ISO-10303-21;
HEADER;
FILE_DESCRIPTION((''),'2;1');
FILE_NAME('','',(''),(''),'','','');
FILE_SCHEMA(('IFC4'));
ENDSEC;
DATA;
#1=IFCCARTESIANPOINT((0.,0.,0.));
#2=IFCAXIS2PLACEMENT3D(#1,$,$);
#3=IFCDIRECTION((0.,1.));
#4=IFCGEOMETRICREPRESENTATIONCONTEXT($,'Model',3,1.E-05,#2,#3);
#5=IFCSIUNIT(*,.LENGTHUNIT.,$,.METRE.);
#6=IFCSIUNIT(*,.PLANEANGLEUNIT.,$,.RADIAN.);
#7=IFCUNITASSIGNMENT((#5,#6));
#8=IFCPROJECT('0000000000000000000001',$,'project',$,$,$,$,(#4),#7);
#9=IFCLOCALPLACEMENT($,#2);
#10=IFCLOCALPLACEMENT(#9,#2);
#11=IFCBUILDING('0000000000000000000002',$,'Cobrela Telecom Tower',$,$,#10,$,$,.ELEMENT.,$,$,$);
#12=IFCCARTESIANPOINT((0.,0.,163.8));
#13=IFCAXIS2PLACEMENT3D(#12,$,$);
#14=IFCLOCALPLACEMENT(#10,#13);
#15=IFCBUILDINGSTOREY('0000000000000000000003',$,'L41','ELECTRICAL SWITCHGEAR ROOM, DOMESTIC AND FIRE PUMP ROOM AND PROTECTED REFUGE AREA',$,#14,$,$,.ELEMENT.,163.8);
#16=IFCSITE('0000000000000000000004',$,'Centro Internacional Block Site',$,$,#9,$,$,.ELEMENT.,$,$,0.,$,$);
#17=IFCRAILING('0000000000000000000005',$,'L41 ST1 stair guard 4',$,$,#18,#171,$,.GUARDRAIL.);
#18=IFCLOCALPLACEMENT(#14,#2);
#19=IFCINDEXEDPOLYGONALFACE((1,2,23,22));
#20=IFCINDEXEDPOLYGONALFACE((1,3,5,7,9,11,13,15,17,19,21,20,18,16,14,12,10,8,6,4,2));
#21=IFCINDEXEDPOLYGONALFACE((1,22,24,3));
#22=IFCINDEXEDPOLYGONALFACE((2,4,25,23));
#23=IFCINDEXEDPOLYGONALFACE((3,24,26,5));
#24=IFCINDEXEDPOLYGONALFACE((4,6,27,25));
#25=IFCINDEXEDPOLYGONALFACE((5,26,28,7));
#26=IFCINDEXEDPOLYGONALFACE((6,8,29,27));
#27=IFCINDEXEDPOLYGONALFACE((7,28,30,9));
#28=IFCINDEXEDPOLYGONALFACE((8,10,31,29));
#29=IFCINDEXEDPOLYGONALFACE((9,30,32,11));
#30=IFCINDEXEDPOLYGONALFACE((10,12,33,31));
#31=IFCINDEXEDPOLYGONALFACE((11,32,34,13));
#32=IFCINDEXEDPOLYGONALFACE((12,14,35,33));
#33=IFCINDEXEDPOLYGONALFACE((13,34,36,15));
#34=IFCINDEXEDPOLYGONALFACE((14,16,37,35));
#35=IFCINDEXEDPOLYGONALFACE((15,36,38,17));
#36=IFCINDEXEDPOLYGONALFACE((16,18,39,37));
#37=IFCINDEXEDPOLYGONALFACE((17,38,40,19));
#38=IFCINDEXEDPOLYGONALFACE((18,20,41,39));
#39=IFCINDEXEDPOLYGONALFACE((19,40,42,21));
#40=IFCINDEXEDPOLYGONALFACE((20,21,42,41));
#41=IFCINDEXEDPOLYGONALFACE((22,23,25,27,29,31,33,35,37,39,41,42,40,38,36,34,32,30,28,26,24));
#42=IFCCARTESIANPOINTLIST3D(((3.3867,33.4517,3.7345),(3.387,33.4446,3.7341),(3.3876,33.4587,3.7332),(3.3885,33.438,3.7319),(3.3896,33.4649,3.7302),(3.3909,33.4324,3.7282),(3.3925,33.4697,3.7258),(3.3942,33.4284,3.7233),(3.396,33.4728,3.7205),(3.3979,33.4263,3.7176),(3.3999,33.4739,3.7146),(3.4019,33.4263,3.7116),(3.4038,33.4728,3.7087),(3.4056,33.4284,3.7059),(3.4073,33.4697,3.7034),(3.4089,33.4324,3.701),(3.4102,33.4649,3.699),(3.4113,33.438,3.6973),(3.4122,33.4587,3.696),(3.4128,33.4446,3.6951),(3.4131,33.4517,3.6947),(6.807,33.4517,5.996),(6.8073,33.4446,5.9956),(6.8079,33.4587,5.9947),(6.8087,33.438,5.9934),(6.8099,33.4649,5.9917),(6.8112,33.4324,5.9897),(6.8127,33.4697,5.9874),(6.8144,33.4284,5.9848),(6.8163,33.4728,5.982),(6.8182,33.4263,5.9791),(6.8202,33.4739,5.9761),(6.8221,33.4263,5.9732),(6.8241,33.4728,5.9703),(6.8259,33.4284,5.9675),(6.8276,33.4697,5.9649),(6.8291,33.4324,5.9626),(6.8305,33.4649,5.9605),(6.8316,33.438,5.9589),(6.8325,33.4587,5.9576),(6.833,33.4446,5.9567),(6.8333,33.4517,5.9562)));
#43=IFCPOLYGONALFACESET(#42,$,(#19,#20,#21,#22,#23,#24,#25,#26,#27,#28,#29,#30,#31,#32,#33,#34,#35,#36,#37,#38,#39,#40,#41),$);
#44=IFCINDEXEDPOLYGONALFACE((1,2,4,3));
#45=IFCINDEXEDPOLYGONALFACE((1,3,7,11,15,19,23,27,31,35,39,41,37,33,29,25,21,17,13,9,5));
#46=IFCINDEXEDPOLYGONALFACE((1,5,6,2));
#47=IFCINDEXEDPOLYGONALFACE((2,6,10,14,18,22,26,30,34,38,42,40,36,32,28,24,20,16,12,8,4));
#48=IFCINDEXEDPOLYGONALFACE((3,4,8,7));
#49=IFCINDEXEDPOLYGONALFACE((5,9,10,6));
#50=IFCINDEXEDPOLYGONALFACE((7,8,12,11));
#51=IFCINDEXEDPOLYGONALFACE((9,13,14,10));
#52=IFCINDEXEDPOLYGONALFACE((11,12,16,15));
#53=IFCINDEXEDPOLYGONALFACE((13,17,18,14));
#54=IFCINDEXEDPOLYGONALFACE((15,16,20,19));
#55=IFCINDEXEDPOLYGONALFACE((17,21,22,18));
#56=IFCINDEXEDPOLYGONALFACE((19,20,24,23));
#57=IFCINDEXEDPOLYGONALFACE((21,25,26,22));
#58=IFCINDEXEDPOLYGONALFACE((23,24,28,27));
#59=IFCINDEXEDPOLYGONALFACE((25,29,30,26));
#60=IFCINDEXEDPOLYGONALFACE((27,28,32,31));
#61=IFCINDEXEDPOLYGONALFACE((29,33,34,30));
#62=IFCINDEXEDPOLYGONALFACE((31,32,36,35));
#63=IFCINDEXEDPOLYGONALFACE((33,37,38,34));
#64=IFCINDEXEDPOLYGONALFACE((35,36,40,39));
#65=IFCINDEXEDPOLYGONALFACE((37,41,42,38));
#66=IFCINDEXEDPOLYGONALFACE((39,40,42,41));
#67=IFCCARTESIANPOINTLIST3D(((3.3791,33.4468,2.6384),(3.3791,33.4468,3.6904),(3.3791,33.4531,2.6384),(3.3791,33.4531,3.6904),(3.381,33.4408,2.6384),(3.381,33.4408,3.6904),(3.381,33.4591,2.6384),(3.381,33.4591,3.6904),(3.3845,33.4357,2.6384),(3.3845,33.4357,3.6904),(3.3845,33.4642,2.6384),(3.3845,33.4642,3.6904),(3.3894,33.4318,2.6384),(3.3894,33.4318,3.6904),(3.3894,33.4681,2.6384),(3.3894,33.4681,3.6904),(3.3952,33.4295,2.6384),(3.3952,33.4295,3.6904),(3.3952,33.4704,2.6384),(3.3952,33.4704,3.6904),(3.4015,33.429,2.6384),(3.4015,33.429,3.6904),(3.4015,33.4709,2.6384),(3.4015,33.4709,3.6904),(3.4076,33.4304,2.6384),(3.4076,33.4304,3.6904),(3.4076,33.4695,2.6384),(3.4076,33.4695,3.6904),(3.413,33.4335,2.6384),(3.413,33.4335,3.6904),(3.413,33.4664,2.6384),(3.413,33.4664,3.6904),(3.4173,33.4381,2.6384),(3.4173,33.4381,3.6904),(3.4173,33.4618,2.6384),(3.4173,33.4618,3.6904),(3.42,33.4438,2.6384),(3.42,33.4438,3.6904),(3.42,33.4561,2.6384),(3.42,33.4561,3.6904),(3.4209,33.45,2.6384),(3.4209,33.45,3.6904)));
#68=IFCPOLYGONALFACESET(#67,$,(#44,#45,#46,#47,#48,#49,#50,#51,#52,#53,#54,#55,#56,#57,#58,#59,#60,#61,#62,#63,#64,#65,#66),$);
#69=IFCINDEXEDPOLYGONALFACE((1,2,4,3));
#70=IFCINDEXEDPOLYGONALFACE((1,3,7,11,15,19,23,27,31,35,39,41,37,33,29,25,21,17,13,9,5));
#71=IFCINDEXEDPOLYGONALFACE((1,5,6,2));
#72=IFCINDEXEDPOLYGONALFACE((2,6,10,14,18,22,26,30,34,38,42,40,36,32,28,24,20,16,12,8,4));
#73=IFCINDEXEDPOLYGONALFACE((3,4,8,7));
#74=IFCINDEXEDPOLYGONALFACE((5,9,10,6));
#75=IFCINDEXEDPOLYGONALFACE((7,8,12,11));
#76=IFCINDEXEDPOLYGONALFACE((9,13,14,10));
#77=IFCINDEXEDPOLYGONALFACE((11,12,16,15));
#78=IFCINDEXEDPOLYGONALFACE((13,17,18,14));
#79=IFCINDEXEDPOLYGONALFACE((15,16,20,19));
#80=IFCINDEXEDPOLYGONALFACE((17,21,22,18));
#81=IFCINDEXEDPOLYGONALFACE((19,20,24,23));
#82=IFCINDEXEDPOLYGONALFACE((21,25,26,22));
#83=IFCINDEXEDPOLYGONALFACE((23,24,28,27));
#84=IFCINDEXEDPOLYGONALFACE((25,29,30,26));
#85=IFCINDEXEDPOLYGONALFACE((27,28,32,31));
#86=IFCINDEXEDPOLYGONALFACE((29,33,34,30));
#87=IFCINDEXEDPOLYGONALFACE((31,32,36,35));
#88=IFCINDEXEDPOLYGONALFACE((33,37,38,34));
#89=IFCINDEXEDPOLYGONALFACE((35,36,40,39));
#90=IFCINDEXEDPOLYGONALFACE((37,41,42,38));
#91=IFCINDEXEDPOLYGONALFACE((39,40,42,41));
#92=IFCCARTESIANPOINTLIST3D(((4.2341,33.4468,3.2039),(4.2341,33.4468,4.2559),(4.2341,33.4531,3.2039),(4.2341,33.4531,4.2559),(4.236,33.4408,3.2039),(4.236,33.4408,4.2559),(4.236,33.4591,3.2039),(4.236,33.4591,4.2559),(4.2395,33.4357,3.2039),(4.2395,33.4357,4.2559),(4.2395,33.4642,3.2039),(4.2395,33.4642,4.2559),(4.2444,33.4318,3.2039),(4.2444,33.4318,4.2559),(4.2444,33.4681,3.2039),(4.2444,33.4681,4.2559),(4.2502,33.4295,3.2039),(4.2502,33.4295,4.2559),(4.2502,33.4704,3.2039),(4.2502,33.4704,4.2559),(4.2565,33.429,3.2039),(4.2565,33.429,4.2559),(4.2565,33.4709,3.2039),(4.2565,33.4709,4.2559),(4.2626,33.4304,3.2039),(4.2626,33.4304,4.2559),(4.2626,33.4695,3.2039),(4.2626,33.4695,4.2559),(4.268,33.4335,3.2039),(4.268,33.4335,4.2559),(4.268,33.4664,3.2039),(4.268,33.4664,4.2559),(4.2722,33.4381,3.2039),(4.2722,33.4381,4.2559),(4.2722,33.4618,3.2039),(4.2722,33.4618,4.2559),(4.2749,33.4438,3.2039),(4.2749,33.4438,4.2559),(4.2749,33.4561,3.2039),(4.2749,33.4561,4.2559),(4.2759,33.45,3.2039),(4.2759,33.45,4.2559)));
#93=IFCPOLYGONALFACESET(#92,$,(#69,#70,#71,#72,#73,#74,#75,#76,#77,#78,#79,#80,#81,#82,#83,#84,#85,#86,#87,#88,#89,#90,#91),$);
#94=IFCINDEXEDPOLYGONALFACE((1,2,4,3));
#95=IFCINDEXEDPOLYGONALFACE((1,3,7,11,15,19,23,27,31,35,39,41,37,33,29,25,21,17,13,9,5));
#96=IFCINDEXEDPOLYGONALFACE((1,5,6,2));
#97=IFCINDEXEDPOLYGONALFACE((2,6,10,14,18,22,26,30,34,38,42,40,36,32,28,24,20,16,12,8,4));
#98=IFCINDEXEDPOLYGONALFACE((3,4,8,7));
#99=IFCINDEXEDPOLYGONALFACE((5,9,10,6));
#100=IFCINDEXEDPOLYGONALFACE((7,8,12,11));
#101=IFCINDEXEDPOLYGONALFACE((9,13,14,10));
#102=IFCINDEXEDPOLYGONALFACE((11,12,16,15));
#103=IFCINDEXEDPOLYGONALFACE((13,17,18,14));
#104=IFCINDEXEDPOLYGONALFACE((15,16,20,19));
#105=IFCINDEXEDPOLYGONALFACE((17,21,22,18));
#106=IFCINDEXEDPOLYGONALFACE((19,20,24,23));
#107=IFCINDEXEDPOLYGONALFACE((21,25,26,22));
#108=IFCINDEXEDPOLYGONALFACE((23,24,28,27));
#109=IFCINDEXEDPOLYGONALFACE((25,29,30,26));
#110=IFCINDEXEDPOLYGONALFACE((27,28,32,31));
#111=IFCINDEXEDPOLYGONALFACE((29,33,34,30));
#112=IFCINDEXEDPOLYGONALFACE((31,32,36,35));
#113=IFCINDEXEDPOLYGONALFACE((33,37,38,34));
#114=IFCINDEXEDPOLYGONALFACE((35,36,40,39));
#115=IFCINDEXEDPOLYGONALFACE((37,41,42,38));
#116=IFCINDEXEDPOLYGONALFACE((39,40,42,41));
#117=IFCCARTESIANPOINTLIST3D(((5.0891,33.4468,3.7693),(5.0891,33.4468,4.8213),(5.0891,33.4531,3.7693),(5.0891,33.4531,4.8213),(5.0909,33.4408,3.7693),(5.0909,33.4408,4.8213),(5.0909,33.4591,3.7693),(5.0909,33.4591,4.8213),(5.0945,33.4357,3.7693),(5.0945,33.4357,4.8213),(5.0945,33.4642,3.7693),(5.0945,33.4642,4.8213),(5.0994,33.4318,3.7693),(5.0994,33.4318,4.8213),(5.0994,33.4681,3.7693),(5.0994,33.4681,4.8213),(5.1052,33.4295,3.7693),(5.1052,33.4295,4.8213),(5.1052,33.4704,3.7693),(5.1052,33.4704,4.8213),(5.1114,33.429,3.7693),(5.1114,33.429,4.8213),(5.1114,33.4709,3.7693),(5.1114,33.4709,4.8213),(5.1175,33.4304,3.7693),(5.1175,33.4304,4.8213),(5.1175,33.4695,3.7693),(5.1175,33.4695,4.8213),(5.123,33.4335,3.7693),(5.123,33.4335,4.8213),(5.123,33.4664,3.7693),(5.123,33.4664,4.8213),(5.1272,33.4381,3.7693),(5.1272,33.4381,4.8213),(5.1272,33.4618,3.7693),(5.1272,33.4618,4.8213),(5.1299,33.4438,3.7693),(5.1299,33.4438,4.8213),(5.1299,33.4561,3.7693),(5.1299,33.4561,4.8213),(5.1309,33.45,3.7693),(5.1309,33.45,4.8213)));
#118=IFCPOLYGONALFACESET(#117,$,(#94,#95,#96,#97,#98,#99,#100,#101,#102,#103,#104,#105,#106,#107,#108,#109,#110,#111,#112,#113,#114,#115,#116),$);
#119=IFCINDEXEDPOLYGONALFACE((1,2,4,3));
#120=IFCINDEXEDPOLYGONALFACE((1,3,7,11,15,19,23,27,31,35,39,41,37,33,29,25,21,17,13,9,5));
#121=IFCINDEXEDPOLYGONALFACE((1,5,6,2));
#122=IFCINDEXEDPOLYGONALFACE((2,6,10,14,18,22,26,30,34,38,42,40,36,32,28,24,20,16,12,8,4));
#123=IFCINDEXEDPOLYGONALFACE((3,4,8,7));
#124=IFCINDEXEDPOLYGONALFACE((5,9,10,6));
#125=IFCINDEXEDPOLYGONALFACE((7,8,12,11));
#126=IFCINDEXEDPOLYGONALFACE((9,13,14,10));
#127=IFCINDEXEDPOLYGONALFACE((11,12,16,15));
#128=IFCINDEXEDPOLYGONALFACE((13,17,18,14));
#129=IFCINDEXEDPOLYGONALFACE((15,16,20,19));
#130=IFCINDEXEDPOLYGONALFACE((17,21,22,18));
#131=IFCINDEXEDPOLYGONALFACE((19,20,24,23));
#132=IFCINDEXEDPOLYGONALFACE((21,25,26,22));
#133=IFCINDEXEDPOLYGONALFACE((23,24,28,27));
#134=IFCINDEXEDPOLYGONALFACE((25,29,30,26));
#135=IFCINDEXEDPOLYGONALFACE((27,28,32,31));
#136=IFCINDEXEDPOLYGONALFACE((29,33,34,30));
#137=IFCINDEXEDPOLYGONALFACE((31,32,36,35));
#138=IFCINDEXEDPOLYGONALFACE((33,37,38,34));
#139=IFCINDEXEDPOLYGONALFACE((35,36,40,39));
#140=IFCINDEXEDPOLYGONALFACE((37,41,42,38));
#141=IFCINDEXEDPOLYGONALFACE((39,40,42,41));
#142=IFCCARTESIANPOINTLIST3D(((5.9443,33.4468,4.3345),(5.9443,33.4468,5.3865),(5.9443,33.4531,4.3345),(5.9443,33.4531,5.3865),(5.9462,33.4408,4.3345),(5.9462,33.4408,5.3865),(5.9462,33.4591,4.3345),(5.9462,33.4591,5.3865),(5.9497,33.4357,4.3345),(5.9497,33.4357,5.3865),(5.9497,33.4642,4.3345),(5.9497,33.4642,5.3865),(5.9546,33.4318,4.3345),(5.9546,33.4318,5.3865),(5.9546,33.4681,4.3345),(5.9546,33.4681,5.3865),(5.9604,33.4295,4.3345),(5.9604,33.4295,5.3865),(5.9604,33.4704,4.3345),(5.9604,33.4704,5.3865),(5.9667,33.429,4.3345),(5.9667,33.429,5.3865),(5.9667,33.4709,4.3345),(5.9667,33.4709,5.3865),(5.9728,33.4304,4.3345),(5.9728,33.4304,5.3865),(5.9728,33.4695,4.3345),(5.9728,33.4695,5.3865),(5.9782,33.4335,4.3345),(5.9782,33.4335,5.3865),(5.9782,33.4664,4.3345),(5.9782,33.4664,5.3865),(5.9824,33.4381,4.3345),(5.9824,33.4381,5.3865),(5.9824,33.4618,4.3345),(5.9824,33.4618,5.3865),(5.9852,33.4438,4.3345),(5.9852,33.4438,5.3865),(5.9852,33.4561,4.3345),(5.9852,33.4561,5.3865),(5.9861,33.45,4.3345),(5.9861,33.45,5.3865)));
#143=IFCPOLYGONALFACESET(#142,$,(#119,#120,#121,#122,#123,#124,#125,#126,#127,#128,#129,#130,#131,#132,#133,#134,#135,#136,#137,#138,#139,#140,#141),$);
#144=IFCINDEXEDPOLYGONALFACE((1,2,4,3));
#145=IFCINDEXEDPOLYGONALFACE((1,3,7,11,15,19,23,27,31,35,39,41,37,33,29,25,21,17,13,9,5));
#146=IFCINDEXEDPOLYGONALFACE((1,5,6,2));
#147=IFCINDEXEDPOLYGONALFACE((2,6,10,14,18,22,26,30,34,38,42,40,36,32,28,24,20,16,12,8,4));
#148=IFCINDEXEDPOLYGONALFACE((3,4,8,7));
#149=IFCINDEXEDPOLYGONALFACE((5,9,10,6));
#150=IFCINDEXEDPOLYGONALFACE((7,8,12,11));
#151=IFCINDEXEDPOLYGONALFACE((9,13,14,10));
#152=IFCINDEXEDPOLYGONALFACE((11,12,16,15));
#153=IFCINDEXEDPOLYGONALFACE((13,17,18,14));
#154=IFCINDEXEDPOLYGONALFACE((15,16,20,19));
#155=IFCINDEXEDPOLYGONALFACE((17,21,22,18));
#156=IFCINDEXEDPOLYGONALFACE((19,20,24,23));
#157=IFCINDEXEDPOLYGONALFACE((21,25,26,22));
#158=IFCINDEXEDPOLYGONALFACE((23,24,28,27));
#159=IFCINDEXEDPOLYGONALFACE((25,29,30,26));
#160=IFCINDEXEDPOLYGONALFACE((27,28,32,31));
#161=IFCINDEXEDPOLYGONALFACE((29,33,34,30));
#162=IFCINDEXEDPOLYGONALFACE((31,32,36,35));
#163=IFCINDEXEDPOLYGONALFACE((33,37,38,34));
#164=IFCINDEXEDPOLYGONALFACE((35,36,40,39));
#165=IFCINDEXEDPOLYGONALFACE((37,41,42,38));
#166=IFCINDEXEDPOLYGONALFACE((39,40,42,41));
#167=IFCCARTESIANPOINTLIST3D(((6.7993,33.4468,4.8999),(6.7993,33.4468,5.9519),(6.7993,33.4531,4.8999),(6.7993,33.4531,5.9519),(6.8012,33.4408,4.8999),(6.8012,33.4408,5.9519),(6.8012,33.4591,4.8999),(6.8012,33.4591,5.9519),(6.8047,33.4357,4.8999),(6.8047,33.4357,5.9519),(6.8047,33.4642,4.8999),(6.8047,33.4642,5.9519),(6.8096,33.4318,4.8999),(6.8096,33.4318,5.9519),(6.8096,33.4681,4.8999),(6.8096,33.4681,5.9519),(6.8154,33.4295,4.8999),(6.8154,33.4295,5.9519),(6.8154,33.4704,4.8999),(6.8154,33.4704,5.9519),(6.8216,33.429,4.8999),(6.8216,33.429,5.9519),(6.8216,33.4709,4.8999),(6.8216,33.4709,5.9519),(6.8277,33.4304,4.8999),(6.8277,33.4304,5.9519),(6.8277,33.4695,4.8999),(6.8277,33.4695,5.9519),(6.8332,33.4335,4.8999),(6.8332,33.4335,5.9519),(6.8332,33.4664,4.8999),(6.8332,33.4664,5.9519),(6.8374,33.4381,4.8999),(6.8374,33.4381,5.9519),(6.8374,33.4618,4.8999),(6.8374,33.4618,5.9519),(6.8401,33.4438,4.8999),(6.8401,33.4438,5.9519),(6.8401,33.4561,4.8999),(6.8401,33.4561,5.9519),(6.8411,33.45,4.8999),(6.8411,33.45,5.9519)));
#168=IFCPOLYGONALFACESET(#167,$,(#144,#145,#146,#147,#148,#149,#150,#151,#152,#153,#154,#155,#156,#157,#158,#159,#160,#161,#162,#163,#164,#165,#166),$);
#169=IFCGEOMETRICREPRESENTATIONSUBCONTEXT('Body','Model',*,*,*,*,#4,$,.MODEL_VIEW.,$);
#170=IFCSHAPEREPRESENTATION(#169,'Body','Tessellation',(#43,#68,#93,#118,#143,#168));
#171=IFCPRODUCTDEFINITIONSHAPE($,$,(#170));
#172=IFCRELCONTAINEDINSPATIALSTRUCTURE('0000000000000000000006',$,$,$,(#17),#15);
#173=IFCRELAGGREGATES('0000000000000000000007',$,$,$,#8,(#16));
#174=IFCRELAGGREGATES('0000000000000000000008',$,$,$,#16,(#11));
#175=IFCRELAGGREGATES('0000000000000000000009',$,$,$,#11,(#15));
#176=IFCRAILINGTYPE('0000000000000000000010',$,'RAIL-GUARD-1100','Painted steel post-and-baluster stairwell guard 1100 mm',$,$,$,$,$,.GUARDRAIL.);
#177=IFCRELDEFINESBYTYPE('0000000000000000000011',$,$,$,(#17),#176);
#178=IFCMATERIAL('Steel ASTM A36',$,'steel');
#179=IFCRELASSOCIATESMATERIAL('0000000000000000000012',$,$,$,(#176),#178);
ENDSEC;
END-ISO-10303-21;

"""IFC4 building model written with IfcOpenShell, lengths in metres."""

from ifc_helpers import new_model, si_unit, direction, frame, origin, origin_2d, place, context, subcontext, project, spatial, circle, extrude, material, type_object, element, save


model = new_model("IFC4")

# Units and contexts
model_context = context("Model", 3, precision=1e-05, world=origin(), true_north=direction((0.0, 1.0)))
body_context = subcontext(model_context, "Body", "Model", "MODEL_VIEW")
ifc_project = project(units=[si_unit("LENGTHUNIT", "METRE"), si_unit("PLANEANGLEUNIT", "RADIAN")], contexts=[model_context])

# Site, building, storey
site_placement = place(None, origin())
site = spatial("IfcSite", under=ifc_project, at=site_placement, Name="Centro Internacional Block Site", CompositionType="ELEMENT", RefElevation=0.0)
building_placement = place(site_placement, origin())
building = spatial("IfcBuilding", under=site, at=building_placement, Name="Cobrela Telecom Tower", CompositionType="ELEMENT")
storey_placement = place(building_placement, frame((0.0, 0.0, 163.8)))
storey = spatial("IfcBuildingStorey", under=building, at=storey_placement, Name="L41", Description="ELECTRICAL SWITCHGEAR ROOM, DOMESTIC AND FIRE PUMP ROOM AND PROTECTED REFUGE AREA", CompositionType="ELEMENT", Elevation=163.8)

# Shared definitions
ifc_material_1 = material(Name="Steel ASTM A36", Category="steel")

# Railing
railing_type_1 = type_object("IfcRailingType", Name="RAIL-GUARD-1100", Description="Painted steel post-and-baluster stairwell guard 1100 mm", PredefinedType="GUARDRAIL", material=ifc_material_1)
railing_1_placement = place(storey_placement, frame((3.3999, 33.45, 2.6384)))
element("IfcRailing", 1, at=railing_1_placement, inside=storey, type_object=railing_type_1, Name="L41 ST1 stair guard 4", PredefinedType="GUARDRAIL", context=body_context, shape_type="SweptSolid", body=[
    extrude(circle(Radius=0.0239, at=origin_2d()), frame((0.0, 0.0, 1.0762), z_axis=(0.834142, 0.0, 0.55155), x_axis=(0.0, 1.0, 0.0)), (0.0, 0.0, 1.0), 4.1003),
    extrude(circle(Radius=0.021, at=origin_2d()), origin(), (0.0, 0.0, 1.0), 1.052),
    extrude(circle(Radius=0.021, at=origin_2d()), frame((0.855, 0.0, 0.5654)), (0.0, 0.0, 1.0), 1.052),
    extrude(circle(Radius=0.021, at=origin_2d()), frame((1.71, 0.0, 1.1309)), (0.0, 0.0, 1.0), 1.052),
    extrude(circle(Radius=0.021, at=origin_2d()), frame((2.5652, 0.0, 1.696)), (0.0, 0.0, 1.0), 1.052),
    extrude(circle(Radius=0.021, at=origin_2d()), frame((3.4202, 0.0, 2.2615)), (0.0, 0.0, 1.0), 1.052),
])

save(model, "model.ifc")
